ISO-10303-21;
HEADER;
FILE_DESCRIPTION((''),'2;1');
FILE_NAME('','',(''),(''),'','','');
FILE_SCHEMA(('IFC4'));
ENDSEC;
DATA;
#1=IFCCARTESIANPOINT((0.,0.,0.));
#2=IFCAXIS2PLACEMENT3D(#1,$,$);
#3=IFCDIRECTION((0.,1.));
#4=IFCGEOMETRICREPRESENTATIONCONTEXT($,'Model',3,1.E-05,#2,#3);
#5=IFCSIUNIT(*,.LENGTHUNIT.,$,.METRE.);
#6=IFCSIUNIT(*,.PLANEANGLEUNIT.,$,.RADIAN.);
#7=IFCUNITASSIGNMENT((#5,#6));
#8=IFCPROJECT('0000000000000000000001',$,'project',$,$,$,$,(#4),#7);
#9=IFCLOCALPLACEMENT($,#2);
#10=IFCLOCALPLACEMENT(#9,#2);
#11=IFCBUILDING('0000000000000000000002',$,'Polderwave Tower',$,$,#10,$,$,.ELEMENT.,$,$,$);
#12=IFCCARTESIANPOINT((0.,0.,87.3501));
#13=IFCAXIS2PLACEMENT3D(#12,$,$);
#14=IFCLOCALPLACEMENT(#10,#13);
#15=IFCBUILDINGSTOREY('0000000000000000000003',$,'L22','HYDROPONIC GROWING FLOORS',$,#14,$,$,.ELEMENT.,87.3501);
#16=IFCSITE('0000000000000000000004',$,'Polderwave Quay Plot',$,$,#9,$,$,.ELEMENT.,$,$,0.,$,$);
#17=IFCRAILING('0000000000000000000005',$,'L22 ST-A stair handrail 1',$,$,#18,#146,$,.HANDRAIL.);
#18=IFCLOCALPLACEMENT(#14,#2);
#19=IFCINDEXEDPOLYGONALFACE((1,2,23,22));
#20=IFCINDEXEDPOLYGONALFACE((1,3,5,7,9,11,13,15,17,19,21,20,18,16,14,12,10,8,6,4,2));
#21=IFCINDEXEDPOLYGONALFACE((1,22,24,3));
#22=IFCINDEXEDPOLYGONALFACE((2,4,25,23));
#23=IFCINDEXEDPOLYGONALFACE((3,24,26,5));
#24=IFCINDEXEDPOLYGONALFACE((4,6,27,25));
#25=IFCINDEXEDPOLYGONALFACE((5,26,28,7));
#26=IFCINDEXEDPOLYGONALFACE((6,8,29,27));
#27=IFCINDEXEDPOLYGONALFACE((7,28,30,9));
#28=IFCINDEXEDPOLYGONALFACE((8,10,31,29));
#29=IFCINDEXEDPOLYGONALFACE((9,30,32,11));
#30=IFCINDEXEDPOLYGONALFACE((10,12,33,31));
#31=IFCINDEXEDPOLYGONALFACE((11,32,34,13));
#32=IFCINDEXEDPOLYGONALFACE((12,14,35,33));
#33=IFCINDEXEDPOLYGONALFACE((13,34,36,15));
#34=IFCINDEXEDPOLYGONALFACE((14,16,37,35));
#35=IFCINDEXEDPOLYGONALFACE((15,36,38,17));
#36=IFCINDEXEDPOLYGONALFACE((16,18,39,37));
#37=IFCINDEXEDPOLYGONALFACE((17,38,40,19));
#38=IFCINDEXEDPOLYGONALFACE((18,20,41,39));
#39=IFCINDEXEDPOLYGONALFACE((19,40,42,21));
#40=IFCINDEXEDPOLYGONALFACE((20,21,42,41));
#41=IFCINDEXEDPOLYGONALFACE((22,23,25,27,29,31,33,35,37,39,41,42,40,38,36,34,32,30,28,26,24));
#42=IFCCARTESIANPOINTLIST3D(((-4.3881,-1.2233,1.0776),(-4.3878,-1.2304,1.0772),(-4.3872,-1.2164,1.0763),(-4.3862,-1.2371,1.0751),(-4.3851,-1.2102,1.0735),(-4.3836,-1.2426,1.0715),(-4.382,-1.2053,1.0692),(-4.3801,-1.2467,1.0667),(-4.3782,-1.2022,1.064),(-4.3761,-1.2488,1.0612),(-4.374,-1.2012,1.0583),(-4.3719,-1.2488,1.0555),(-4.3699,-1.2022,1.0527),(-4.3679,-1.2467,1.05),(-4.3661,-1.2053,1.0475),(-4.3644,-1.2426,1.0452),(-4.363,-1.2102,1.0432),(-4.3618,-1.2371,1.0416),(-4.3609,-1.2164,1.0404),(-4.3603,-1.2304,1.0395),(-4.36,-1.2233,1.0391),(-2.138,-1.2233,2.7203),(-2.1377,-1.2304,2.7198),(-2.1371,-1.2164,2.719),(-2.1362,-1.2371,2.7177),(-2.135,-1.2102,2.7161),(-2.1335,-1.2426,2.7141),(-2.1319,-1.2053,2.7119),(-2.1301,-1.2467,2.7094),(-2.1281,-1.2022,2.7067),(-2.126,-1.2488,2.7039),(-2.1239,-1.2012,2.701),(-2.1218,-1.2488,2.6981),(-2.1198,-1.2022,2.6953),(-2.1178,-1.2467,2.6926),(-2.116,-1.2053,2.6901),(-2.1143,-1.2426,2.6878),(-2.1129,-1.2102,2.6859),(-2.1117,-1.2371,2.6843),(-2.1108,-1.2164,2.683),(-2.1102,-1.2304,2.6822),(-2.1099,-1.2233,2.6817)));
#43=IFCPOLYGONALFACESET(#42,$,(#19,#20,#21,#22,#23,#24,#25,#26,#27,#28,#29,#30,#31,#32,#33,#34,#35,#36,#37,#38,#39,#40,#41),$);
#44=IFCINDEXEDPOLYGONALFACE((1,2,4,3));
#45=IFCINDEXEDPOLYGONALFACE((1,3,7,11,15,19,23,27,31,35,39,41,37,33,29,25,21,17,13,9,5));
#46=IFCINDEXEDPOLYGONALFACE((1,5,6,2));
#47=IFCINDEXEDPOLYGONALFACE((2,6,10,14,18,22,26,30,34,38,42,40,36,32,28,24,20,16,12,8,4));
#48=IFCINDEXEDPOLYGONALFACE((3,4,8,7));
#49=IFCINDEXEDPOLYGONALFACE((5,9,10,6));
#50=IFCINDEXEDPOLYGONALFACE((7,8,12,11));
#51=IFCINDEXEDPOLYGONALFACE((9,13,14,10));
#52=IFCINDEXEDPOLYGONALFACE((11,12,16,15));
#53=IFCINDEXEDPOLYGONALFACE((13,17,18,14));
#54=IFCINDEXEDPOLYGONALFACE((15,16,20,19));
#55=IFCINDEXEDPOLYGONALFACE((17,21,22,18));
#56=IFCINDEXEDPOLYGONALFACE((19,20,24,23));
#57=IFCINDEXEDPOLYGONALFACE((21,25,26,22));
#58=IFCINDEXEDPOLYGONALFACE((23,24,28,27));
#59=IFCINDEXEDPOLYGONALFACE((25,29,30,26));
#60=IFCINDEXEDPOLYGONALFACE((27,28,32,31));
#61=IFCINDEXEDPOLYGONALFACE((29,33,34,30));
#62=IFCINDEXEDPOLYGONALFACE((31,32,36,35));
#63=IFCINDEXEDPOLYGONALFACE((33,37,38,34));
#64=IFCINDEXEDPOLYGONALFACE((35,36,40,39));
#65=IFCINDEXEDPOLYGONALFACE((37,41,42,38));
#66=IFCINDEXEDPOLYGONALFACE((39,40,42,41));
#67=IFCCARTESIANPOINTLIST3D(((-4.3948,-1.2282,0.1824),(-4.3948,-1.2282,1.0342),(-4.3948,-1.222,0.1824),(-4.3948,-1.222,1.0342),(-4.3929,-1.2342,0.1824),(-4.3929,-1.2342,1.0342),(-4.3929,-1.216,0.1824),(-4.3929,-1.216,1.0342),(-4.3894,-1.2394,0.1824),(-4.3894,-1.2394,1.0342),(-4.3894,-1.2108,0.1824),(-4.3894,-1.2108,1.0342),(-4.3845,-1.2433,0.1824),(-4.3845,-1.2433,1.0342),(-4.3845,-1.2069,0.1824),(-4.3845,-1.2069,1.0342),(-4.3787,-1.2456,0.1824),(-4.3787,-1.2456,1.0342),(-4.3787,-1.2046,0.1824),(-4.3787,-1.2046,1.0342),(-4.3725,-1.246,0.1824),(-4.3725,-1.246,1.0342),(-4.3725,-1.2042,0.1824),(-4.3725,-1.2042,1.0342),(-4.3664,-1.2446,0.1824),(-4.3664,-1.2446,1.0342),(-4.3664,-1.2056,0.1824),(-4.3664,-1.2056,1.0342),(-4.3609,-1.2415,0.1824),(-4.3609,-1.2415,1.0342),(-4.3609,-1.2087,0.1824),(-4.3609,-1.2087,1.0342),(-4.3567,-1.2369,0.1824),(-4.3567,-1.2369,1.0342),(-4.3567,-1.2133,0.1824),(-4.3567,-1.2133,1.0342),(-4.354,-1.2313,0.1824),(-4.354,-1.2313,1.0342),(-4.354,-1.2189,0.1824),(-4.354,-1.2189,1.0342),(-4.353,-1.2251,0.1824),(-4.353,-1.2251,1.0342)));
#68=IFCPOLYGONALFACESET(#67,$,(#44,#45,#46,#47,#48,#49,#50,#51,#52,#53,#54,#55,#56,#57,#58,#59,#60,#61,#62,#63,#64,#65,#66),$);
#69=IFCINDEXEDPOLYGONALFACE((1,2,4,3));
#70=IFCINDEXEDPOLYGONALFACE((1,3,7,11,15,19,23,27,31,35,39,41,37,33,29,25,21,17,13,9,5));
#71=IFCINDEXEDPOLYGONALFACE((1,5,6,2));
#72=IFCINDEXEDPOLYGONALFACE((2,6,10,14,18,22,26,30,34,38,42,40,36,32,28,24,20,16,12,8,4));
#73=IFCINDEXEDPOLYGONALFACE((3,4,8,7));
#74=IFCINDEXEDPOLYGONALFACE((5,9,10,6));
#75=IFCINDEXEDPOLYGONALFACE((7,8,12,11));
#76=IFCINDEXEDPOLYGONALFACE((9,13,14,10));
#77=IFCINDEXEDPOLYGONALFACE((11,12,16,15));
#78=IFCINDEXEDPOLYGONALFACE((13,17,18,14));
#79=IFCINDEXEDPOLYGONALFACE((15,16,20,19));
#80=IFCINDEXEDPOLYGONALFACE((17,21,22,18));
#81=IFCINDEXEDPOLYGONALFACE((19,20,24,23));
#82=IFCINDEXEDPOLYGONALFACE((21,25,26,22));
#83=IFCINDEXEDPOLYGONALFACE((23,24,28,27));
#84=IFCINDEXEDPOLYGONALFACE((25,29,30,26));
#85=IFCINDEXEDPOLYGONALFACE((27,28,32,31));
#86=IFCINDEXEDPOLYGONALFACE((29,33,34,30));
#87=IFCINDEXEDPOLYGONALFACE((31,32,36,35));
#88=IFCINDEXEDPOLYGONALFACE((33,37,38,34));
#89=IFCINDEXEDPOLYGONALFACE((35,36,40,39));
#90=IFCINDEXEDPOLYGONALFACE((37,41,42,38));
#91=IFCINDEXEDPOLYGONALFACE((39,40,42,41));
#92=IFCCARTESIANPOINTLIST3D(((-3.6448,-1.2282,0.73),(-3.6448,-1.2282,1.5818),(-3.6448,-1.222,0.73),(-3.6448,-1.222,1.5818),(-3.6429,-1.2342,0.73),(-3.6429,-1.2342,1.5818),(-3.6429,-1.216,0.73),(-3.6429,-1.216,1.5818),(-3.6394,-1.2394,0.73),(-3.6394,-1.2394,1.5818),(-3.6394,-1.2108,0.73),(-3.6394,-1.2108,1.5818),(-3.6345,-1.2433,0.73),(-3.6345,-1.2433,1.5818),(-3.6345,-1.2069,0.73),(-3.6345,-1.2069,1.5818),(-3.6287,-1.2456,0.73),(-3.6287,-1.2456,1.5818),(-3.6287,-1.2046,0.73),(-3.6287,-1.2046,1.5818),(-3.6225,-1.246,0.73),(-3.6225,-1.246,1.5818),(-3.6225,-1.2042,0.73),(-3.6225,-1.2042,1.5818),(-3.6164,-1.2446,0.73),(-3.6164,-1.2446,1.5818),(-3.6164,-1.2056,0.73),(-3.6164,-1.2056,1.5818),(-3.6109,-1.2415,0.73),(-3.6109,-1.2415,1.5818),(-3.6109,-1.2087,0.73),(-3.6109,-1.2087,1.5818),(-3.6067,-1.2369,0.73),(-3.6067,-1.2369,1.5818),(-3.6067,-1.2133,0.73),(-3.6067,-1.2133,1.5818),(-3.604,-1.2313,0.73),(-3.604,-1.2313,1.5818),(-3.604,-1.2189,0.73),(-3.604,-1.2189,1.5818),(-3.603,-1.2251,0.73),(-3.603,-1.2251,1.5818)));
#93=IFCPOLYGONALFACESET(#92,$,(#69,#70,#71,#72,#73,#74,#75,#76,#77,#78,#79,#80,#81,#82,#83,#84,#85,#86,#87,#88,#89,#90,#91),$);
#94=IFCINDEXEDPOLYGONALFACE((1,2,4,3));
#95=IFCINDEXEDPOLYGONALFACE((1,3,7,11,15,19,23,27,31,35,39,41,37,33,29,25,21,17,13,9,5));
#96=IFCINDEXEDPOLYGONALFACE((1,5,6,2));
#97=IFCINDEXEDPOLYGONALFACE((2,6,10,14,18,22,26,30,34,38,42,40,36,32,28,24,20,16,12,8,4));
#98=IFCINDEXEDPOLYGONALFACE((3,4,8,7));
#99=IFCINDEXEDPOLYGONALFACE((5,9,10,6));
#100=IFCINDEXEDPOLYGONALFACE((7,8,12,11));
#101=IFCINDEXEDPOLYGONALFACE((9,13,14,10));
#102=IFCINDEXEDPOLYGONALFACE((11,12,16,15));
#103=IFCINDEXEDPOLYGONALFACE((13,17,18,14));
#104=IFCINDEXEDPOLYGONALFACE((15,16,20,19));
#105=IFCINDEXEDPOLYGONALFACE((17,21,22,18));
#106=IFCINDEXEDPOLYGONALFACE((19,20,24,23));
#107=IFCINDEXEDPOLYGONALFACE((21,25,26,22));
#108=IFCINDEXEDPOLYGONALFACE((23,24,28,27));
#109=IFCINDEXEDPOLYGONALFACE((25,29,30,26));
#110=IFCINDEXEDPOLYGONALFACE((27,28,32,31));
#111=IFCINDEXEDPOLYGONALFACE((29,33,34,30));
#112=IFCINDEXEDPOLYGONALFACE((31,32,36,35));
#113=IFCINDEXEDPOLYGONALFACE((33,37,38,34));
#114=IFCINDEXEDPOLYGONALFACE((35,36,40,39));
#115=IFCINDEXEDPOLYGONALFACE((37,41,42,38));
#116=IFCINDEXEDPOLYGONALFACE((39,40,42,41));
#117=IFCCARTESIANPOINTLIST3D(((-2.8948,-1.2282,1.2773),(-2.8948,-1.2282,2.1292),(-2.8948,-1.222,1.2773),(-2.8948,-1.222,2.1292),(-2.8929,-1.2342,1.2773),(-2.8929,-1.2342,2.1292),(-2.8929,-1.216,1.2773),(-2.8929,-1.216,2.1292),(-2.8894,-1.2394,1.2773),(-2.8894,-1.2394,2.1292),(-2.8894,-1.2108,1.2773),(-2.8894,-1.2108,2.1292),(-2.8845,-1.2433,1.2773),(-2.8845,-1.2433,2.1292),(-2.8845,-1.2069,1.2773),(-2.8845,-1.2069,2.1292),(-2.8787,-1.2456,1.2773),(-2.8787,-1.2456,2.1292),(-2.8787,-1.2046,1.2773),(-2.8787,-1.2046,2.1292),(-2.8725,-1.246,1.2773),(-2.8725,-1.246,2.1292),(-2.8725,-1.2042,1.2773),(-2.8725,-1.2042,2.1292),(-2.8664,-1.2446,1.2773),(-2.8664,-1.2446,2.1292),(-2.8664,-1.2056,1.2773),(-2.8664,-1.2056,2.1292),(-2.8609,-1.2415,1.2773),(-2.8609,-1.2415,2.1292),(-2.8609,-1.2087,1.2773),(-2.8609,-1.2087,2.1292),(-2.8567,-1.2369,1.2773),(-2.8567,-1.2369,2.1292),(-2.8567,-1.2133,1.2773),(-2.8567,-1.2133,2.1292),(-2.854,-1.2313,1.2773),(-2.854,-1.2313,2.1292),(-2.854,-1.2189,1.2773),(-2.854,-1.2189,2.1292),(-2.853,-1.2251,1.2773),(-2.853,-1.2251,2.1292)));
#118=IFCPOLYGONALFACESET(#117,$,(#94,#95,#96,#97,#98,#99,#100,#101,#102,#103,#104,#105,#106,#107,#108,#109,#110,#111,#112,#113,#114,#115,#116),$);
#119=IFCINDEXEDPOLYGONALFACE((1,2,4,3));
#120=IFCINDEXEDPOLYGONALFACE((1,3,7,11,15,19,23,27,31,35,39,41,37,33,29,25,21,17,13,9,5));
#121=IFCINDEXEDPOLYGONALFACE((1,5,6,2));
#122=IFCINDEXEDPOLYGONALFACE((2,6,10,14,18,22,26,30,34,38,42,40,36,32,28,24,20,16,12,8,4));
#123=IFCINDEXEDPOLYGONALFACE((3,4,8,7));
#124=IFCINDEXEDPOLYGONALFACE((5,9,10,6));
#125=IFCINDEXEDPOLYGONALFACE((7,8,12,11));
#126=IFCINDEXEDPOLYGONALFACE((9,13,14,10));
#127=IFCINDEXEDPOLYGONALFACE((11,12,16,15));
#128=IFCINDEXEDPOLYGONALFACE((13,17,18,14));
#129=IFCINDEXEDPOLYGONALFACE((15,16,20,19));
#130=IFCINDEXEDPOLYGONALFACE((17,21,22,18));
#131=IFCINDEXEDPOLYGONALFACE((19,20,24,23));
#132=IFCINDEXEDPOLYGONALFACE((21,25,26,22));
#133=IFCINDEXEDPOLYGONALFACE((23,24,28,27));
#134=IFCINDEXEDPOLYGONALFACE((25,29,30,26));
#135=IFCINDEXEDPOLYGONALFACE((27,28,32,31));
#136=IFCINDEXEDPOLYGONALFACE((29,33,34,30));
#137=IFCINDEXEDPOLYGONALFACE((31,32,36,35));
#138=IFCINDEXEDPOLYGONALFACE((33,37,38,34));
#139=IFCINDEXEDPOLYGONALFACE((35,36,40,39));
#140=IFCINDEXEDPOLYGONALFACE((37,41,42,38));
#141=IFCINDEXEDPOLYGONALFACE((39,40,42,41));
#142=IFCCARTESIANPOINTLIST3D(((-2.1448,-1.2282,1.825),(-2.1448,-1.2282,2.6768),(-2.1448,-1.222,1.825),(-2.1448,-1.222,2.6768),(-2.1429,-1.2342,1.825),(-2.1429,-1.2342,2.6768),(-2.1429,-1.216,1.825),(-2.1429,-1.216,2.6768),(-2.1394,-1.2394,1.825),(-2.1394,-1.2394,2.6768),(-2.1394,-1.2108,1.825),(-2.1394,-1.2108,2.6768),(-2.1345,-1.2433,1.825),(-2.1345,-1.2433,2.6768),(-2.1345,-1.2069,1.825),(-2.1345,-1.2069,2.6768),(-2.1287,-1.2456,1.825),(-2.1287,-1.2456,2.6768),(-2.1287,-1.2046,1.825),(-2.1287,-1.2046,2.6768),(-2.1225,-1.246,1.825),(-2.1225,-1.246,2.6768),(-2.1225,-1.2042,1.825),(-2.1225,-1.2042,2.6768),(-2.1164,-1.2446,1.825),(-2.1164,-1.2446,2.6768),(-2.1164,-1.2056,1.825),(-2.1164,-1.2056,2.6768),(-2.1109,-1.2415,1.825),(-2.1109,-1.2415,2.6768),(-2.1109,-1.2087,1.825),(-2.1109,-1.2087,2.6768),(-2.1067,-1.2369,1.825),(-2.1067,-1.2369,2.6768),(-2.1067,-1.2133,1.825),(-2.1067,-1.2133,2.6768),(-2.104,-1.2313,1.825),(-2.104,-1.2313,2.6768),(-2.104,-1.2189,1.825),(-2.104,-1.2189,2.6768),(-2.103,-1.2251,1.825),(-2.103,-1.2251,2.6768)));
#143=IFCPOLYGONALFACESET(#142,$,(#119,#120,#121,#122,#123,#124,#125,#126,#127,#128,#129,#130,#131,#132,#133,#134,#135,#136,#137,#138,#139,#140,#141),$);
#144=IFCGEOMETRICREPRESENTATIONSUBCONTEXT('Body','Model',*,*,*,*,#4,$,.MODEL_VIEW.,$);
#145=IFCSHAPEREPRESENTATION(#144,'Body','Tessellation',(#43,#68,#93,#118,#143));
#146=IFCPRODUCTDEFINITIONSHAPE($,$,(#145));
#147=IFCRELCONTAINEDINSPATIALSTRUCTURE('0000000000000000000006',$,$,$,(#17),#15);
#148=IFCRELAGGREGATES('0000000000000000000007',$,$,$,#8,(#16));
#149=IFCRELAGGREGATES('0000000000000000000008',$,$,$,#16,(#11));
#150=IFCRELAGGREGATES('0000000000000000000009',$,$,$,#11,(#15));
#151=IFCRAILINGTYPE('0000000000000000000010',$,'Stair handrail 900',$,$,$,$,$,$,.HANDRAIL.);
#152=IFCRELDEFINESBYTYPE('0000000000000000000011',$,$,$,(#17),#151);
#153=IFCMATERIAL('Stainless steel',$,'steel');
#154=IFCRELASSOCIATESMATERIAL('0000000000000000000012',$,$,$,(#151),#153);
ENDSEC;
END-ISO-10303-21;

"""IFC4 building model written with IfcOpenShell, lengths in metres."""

from ifc_helpers import new_model, si_unit, direction, frame, origin, origin_2d, place, context, subcontext, project, spatial, circle, extrude, material, type_object, element, save


model = new_model("IFC4")

# Units and contexts
model_context = context("Model", 3, precision=1e-05, world=origin(), true_north=direction((0.0, 1.0)))
body_context = subcontext(model_context, "Body", "Model", "MODEL_VIEW")
ifc_project = project(units=[si_unit("LENGTHUNIT", "METRE"), si_unit("PLANEANGLEUNIT", "RADIAN")], contexts=[model_context])

# Site, building, storey
site_placement = place(None, origin())
site = spatial("IfcSite", under=ifc_project, at=site_placement, Name="Polderwave Quay Plot", CompositionType="ELEMENT", RefElevation=0.0)
building_placement = place(site_placement, origin())
building = spatial("IfcBuilding", under=site, at=building_placement, Name="Polderwave Tower", CompositionType="ELEMENT")
storey_placement = place(building_placement, frame((0.0, 0.0, 87.3501)))
storey = spatial("IfcBuildingStorey", under=building, at=storey_placement, Name="L22", Description="HYDROPONIC GROWING FLOORS", CompositionType="ELEMENT", Elevation=87.3501)

# Shared definitions
ifc_material_1 = material(Name="Stainless steel", Category="steel")

# Railing
railing_type_1 = type_object("IfcRailingType", Name="Stair handrail 900", PredefinedType="HANDRAIL", material=ifc_material_1)
railing_1_placement = place(storey_placement, frame((-4.374, -1.2251, 0.1824)))
element("IfcRailing", 1, at=railing_1_placement, inside=storey, type_object=railing_type_1, Name="L22 ST-A stair handrail 1", PredefinedType="HANDRAIL", context=body_context, shape_type="SweptSolid", body=[
    extrude(circle(Radius=0.0239, at=origin_2d()), frame((0.0, 0.0, 0.876), z_axis=(0.807674, 0.0, 0.58963), x_axis=(0.0, 1.0, 0.0)), (0.0, 0.0, 1.0), 2.7859),
    extrude(circle(Radius=0.021, at=origin_2d()), origin(), (0.0, 0.0, 1.0), 0.8518),
    extrude(circle(Radius=0.021, at=origin_2d()), frame((0.75, 0.0, 0.5476)), (0.0, 0.0, 1.0), 0.8518),
    extrude(circle(Radius=0.021, at=origin_2d()), frame((1.5, 0.0, 1.095)), (0.0, 0.0, 1.0), 0.8518),
    extrude(circle(Radius=0.021, at=origin_2d()), frame((2.25, 0.0, 1.6426)), (0.0, 0.0, 1.0), 0.8518),
])

save(model, "model.ifc")
